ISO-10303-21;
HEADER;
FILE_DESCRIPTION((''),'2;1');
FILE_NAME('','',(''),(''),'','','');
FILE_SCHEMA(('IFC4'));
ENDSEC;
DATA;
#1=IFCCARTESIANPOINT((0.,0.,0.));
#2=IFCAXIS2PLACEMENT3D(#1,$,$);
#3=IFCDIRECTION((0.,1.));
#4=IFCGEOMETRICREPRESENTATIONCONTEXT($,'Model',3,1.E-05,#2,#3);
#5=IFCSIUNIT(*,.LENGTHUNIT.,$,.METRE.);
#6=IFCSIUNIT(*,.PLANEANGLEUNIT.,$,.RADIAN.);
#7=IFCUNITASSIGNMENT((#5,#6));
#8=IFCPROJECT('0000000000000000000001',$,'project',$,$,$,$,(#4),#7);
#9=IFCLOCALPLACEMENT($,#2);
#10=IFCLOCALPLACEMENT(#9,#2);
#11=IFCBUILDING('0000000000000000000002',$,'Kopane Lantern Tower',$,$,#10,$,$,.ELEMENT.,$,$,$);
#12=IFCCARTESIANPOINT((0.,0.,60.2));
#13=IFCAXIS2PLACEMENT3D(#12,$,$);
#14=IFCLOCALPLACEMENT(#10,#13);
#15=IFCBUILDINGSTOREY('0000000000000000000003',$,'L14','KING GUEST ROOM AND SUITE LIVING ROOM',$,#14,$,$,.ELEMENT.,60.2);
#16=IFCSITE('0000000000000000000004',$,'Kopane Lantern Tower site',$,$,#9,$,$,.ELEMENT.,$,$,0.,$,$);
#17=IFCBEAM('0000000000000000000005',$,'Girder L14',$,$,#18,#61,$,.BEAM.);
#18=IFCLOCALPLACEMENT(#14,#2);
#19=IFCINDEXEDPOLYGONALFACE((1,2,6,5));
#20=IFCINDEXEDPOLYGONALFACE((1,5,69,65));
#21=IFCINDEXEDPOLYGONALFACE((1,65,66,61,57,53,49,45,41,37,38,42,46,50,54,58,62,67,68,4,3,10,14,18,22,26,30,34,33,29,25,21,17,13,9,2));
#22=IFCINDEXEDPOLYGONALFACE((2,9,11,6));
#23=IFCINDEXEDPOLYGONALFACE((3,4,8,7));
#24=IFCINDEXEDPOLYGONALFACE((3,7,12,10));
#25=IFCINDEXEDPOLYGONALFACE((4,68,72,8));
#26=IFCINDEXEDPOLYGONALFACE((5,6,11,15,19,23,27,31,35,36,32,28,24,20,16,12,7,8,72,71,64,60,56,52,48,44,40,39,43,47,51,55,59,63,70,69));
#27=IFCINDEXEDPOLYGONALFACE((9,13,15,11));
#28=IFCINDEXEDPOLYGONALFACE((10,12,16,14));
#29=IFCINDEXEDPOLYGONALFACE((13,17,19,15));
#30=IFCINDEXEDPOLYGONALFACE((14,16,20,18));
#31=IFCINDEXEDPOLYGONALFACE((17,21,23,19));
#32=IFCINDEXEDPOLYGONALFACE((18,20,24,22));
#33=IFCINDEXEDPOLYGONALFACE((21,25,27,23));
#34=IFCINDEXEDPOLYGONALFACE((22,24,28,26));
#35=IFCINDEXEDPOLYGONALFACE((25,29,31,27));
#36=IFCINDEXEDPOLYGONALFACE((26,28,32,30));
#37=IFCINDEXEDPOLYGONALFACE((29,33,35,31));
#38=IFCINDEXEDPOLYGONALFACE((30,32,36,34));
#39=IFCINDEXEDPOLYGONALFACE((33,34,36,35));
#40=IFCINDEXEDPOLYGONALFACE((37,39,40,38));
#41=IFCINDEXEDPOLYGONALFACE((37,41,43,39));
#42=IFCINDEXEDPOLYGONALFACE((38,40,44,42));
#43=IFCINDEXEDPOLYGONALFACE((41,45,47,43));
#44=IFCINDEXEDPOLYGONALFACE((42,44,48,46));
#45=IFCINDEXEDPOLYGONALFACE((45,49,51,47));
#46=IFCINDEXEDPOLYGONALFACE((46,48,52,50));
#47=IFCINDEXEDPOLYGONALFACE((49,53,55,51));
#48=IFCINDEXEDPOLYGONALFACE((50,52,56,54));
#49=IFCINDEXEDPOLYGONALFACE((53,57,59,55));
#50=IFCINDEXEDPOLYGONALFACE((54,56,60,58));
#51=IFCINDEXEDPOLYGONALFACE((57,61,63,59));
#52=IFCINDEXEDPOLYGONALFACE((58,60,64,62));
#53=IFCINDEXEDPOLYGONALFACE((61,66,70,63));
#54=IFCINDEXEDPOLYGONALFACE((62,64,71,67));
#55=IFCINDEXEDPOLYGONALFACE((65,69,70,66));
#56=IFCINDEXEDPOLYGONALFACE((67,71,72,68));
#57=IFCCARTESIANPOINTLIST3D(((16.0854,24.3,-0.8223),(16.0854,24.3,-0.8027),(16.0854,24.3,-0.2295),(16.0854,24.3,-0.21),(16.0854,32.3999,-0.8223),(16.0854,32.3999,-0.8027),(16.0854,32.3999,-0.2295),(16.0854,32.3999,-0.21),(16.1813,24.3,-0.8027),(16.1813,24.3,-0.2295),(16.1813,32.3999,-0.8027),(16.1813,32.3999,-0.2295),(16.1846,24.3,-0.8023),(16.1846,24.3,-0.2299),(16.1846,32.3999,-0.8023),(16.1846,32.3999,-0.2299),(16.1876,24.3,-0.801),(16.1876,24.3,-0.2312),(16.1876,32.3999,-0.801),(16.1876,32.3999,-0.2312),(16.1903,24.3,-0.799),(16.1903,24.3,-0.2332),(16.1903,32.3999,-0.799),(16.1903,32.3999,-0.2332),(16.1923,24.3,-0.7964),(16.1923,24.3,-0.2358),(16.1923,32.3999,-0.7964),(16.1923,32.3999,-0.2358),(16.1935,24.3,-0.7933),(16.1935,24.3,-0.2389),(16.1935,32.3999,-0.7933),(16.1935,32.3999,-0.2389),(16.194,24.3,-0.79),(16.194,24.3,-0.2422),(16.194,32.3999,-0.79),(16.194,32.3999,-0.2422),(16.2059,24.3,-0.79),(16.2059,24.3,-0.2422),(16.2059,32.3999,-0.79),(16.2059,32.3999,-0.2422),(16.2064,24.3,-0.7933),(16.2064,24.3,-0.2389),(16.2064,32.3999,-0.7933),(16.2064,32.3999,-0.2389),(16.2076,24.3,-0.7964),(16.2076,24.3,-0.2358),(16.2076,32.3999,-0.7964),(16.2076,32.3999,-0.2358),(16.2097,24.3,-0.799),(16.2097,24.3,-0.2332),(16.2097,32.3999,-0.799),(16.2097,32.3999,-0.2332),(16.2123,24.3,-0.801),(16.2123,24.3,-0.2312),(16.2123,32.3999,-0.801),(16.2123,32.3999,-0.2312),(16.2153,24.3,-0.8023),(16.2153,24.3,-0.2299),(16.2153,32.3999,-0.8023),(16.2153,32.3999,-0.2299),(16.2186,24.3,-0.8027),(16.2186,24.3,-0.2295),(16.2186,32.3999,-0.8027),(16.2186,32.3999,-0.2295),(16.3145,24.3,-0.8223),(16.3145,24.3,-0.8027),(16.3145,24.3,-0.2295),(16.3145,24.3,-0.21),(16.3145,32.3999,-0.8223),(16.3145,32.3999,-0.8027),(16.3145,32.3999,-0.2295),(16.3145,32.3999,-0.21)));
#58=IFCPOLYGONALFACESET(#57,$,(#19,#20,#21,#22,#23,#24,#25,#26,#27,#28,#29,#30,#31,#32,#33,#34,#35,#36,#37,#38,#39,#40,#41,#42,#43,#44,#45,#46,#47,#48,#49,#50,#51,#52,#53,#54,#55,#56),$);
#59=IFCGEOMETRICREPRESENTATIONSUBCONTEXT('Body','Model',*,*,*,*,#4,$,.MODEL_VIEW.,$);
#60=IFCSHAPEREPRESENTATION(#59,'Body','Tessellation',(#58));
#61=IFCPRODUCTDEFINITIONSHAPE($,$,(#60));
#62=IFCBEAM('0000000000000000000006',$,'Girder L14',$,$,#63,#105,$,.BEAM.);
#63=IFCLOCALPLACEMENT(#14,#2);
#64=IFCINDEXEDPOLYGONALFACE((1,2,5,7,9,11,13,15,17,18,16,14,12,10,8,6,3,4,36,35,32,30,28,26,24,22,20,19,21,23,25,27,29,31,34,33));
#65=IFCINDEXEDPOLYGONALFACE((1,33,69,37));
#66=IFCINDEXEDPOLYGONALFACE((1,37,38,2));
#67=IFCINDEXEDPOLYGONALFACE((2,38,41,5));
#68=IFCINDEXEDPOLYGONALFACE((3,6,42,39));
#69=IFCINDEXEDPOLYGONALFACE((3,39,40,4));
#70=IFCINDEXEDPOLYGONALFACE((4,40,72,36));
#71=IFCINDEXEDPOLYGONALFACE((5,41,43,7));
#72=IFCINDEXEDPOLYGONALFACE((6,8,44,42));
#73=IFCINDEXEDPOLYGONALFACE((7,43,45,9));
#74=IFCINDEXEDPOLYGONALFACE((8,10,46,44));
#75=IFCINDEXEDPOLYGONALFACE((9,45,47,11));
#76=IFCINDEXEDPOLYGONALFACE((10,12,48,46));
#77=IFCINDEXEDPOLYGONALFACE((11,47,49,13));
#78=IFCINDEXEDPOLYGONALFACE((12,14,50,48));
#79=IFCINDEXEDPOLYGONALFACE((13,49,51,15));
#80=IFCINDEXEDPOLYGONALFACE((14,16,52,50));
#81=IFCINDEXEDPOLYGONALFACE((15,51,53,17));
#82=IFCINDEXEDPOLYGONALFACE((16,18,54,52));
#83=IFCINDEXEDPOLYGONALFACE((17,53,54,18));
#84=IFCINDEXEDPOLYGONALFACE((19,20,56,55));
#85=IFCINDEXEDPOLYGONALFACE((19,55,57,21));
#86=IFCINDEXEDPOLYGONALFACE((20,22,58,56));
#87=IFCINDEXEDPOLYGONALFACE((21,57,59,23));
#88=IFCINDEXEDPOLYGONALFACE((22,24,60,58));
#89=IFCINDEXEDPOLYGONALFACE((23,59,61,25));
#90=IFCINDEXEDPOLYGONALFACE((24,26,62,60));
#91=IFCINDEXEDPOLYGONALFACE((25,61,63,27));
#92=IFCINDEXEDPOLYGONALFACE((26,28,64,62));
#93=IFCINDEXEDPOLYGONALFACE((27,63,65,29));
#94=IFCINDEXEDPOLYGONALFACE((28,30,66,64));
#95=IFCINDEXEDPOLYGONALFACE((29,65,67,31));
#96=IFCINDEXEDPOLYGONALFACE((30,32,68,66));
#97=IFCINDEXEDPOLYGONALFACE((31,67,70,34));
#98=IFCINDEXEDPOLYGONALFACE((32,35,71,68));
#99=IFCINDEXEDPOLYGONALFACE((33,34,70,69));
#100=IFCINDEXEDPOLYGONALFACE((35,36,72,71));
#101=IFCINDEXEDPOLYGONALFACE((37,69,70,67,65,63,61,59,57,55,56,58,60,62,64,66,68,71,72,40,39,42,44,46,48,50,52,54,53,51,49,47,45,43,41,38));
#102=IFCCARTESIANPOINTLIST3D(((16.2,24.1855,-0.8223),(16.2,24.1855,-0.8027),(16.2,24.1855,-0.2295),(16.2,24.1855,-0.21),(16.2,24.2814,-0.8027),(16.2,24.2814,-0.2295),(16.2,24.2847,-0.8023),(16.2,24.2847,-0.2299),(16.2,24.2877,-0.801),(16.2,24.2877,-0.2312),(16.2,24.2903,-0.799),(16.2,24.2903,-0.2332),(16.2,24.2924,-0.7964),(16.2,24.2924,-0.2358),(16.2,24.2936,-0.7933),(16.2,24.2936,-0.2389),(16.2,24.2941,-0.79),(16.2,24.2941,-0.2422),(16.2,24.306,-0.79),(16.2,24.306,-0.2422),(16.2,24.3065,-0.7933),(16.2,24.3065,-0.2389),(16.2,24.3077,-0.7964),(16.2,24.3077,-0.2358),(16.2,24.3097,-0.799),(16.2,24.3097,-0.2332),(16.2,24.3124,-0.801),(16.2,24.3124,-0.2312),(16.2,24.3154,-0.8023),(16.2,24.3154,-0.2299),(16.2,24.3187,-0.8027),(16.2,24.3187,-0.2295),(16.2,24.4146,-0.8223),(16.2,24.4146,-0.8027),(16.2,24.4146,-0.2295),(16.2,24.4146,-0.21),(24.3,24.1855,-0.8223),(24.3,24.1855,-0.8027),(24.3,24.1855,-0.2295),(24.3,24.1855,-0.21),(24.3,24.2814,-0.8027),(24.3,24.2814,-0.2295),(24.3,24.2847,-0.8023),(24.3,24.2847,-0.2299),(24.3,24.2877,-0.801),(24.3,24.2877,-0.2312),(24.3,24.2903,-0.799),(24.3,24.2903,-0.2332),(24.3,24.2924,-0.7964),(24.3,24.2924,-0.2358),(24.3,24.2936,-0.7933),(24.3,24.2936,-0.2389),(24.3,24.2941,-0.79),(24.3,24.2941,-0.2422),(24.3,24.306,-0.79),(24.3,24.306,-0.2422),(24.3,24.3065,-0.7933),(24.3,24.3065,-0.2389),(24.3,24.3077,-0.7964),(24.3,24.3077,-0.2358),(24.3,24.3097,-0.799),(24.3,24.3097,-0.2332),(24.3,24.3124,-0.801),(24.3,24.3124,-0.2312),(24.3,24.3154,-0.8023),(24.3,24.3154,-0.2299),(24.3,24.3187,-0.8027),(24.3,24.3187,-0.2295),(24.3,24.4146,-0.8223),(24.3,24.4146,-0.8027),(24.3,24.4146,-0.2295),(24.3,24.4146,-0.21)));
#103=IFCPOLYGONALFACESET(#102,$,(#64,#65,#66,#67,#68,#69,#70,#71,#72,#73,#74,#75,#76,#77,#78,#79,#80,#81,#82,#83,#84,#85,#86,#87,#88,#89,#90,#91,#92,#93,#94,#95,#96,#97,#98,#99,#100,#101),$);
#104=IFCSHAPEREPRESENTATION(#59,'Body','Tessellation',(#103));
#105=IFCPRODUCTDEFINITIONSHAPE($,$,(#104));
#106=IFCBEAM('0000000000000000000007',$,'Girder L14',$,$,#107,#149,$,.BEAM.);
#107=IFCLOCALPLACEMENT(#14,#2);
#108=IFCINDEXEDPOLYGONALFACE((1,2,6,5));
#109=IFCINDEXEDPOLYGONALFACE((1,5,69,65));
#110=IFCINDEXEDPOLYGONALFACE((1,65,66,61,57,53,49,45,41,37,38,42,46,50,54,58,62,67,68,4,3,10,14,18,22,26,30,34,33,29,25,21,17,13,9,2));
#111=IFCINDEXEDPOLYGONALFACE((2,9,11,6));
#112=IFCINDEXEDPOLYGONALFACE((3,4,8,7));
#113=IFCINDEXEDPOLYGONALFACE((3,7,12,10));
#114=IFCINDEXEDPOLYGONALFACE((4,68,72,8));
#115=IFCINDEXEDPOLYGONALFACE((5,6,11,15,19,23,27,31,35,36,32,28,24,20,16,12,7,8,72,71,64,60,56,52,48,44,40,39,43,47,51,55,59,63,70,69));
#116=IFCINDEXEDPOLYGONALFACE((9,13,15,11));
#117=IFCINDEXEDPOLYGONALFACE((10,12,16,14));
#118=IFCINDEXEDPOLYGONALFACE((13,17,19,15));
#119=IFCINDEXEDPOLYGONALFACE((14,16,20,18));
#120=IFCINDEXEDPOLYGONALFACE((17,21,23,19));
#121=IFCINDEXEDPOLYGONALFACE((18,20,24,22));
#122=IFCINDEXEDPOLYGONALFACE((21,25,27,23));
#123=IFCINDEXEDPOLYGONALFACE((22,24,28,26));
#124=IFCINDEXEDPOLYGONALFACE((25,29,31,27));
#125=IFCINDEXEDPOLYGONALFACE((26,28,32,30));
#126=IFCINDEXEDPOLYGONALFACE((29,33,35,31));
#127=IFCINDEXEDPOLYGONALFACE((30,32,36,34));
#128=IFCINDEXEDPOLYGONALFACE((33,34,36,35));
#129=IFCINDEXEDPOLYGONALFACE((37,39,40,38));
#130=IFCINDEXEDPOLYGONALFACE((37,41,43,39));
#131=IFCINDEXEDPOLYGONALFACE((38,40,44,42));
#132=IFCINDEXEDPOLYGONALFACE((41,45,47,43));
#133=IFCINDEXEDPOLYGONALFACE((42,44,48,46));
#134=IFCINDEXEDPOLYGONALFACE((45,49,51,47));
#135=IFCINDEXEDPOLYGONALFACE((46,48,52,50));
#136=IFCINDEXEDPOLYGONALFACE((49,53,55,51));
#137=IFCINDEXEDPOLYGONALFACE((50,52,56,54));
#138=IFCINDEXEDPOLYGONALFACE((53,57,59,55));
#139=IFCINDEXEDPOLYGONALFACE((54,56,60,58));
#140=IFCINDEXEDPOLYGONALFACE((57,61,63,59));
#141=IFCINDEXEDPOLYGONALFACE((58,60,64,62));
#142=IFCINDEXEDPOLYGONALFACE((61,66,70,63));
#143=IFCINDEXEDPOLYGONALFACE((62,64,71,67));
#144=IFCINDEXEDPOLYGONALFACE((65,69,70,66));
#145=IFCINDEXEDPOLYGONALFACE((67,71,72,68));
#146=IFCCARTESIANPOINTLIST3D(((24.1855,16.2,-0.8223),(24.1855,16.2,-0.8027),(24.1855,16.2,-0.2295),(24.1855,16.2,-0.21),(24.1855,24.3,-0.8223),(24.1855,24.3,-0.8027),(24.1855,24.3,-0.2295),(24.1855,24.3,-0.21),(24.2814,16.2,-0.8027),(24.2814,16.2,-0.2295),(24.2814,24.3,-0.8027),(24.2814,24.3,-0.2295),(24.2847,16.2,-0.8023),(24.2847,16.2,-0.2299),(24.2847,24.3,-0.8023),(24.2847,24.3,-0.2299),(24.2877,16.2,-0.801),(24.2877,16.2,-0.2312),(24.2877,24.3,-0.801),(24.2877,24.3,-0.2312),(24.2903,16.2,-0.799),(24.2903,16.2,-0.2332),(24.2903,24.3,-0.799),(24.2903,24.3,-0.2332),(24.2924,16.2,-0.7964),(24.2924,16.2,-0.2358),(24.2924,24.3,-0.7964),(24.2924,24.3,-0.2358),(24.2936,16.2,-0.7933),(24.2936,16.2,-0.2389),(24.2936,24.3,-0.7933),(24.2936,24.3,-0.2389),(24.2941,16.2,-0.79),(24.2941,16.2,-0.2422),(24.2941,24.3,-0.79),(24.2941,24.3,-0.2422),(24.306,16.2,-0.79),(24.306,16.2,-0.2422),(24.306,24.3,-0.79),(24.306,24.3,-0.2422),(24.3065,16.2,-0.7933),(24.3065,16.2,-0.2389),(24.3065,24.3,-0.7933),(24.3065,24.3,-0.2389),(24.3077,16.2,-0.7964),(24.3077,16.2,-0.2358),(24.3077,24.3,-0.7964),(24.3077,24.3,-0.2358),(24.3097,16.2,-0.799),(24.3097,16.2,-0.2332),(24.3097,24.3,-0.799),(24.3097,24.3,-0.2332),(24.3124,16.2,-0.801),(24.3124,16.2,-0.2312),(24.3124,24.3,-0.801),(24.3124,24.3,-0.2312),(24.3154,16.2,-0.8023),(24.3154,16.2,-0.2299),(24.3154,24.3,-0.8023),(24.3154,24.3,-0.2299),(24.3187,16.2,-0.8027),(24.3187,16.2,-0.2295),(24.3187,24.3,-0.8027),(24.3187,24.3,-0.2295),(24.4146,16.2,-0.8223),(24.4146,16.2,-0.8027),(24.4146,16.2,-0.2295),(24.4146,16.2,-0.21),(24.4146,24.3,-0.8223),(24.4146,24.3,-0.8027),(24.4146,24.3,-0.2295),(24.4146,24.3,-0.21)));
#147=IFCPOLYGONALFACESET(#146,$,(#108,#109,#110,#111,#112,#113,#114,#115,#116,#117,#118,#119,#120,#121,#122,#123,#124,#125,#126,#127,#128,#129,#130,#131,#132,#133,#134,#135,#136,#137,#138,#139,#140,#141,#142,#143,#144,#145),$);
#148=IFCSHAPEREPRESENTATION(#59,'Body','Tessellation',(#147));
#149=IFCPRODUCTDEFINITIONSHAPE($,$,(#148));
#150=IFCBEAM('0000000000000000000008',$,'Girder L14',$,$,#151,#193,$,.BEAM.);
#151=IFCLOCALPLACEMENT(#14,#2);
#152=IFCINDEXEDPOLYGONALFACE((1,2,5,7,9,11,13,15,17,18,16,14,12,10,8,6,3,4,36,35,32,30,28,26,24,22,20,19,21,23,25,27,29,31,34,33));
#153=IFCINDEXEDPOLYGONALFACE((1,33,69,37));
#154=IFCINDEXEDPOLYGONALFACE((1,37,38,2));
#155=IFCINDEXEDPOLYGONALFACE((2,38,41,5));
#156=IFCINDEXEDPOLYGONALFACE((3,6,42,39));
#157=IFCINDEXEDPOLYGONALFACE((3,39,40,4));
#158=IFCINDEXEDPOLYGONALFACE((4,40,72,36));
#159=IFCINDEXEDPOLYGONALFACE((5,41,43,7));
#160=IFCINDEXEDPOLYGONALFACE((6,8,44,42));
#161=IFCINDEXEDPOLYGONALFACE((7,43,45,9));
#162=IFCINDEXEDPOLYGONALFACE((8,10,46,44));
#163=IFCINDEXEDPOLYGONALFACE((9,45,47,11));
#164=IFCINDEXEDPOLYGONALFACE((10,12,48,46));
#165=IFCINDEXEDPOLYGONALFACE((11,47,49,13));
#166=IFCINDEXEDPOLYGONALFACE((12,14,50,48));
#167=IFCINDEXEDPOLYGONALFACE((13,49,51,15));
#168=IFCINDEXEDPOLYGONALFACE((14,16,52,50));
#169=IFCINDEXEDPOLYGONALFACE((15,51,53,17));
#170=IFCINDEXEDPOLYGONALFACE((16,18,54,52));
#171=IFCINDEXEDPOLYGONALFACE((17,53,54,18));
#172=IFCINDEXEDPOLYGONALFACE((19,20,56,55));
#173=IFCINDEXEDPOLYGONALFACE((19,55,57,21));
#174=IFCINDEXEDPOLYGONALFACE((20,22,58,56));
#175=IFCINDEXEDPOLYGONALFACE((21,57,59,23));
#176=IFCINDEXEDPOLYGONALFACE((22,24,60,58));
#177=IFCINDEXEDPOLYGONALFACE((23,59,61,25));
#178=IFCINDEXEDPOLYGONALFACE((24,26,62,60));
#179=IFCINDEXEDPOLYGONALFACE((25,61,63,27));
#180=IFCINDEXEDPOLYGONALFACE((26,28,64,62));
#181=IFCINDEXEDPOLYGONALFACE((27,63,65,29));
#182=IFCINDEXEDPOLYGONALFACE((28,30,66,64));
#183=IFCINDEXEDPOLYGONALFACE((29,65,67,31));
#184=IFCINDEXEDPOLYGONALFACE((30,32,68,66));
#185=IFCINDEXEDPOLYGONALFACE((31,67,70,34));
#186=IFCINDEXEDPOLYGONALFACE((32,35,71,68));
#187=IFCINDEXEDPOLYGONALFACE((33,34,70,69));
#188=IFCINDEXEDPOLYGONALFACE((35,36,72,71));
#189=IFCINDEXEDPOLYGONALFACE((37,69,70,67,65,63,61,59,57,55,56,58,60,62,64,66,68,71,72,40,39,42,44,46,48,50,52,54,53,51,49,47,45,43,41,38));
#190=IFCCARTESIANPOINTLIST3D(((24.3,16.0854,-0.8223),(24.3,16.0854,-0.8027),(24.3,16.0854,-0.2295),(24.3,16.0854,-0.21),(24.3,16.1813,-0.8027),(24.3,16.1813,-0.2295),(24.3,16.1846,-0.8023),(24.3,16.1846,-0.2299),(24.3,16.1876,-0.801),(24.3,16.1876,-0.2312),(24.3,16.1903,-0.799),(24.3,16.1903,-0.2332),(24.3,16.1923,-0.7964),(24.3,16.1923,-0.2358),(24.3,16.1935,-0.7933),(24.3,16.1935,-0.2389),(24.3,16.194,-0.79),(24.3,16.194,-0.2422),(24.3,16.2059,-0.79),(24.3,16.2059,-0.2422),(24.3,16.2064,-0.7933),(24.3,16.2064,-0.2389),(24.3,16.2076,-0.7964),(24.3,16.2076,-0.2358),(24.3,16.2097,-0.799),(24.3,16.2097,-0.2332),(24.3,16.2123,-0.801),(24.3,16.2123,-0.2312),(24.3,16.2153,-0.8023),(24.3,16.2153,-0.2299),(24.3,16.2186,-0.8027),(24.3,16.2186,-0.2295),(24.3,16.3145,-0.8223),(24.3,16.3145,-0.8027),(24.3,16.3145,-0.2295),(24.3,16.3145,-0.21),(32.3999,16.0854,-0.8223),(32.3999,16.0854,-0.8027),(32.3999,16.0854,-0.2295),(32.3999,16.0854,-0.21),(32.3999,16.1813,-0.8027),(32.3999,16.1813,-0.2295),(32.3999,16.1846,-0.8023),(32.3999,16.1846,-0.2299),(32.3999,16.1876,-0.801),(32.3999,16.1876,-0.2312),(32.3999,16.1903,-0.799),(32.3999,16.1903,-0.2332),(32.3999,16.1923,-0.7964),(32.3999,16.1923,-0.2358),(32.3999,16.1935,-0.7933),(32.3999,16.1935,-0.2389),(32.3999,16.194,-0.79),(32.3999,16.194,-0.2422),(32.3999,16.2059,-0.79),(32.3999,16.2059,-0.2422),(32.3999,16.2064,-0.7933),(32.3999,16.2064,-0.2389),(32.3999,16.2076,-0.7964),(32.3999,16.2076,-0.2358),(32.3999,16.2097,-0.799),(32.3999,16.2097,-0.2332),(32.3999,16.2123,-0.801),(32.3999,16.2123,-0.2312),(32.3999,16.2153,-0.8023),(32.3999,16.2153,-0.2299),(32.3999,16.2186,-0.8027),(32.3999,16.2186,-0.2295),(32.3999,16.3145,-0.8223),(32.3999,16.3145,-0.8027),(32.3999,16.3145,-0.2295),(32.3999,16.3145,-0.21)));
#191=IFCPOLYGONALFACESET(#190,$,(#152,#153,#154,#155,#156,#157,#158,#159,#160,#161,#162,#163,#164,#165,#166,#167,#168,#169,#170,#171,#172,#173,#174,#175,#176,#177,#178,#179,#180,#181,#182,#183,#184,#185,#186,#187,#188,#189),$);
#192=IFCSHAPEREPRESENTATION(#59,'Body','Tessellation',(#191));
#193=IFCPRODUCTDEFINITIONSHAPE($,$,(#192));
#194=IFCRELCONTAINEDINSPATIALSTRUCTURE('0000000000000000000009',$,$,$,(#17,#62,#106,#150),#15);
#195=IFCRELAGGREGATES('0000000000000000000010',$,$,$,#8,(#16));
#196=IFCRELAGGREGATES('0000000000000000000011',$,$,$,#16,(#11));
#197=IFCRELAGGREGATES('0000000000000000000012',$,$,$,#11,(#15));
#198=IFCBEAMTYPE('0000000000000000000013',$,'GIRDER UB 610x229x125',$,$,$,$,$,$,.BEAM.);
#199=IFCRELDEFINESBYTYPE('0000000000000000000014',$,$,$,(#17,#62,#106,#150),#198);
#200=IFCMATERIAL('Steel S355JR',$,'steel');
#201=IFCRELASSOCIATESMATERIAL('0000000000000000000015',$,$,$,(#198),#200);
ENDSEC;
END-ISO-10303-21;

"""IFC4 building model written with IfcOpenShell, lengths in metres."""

from ifc_helpers import new_model, si_unit, direction, frame, origin, origin_2d, place, context, subcontext, project, spatial, i_section, extrude, material, material_profile, profile_set, type_object, element, save


model = new_model("IFC4")

# Units and contexts
model_context = context("Model", 3, precision=1e-05, world=origin(), true_north=direction((0.0, 1.0)))
body_context = subcontext(model_context, "Body", "Model", "MODEL_VIEW")
ifc_project = project(units=[si_unit("LENGTHUNIT", "METRE"), si_unit("PLANEANGLEUNIT", "RADIAN")], contexts=[model_context])

# Site, building, storey
site_placement = place(None, origin())
site = spatial("IfcSite", under=ifc_project, at=site_placement, Name="Kopane Lantern Tower site", CompositionType="ELEMENT", RefElevation=0.0)
building_placement = place(site_placement, origin())
building = spatial("IfcBuilding", under=site, at=building_placement, Name="Kopane Lantern Tower", CompositionType="ELEMENT")
storey_placement = place(building_placement, frame((0.0, 0.0, 60.2)))
storey = spatial("IfcBuildingStorey", under=building, at=storey_placement, Name="L14", Description="KING GUEST ROOM AND SUITE LIVING ROOM", CompositionType="ELEMENT", Elevation=60.2)

# Beams
ifc_material_1 = material(Name="Steel S355JR", Category="steel")
ifc_material_profile_1 = material_profile(ifc_material_1, i_section(OverallWidth=0.229, OverallDepth=0.6123, WebThickness=0.012, FlangeThickness=0.0195, FilletRadius=0.0127, at=origin_2d()), Name="UB 610x229x125")
ifc_profile_set_1 = profile_set([ifc_material_profile_1], Name="Steel S355JR")
beam_type = type_object("IfcBeamType", Name="GIRDER UB 610x229x125", PredefinedType="BEAM", material=ifc_profile_set_1)
beam_1_placement = place(storey_placement, frame((16.2, 24.3, -0.5161), z_axis=(0.0, 1.0, 0.0), x_axis=(-1.0, 0.0, 0.0)))
element("IfcBeam", 1, at=beam_1_placement, inside=storey, type_object=beam_type, Name="Girder L14", PredefinedType="BEAM", context=body_context, shape_type="SweptSolid", body=[
    extrude(i_section(OverallWidth=0.229, OverallDepth=0.6123, WebThickness=0.012, FlangeThickness=0.0195, FilletRadius=0.0127, at=origin_2d()), origin(), (0.0, 0.0, 1.0), 8.0999),
])
for number, where, z_axis, x_axis, name in (
    (2, (16.2, 24.3, -0.5161), (1.0, 0.0, 0.0), (0.0, 1.0, 0.0), "Girder L14"),
    (3, (24.3, 16.2, -0.5161), (0.0, 1.0, 0.0), (-1.0, 0.0, 0.0), "Girder L14"),
):
    element("IfcBeam", number, at=place(storey_placement, frame(where, z_axis=z_axis, x_axis=x_axis)), inside=storey, type_object=beam_type, Name=name, PredefinedType="BEAM", context=body_context, shape_type="SweptSolid", body=[
        extrude(i_section(OverallWidth=0.229, OverallDepth=0.6123, WebThickness=0.012, FlangeThickness=0.0195, FilletRadius=0.0127, at=origin_2d()), origin(), (0.0, 0.0, 1.0), 8.1001),
    ])
beam_2_placement = place(storey_placement, frame((24.3, 16.2, -0.5161), z_axis=(1.0, 0.0, 0.0), x_axis=(0.0, 1.0, 0.0)))
element("IfcBeam", 4, at=beam_2_placement, inside=storey, type_object=beam_type, Name="Girder L14", PredefinedType="BEAM", context=body_context, shape_type="SweptSolid", body=[
    extrude(i_section(OverallWidth=0.229, OverallDepth=0.6123, WebThickness=0.012, FlangeThickness=0.0195, FilletRadius=0.0127, at=origin_2d()), origin(), (0.0, 0.0, 1.0), 8.0999),
])

save(model, "model.ifc")
